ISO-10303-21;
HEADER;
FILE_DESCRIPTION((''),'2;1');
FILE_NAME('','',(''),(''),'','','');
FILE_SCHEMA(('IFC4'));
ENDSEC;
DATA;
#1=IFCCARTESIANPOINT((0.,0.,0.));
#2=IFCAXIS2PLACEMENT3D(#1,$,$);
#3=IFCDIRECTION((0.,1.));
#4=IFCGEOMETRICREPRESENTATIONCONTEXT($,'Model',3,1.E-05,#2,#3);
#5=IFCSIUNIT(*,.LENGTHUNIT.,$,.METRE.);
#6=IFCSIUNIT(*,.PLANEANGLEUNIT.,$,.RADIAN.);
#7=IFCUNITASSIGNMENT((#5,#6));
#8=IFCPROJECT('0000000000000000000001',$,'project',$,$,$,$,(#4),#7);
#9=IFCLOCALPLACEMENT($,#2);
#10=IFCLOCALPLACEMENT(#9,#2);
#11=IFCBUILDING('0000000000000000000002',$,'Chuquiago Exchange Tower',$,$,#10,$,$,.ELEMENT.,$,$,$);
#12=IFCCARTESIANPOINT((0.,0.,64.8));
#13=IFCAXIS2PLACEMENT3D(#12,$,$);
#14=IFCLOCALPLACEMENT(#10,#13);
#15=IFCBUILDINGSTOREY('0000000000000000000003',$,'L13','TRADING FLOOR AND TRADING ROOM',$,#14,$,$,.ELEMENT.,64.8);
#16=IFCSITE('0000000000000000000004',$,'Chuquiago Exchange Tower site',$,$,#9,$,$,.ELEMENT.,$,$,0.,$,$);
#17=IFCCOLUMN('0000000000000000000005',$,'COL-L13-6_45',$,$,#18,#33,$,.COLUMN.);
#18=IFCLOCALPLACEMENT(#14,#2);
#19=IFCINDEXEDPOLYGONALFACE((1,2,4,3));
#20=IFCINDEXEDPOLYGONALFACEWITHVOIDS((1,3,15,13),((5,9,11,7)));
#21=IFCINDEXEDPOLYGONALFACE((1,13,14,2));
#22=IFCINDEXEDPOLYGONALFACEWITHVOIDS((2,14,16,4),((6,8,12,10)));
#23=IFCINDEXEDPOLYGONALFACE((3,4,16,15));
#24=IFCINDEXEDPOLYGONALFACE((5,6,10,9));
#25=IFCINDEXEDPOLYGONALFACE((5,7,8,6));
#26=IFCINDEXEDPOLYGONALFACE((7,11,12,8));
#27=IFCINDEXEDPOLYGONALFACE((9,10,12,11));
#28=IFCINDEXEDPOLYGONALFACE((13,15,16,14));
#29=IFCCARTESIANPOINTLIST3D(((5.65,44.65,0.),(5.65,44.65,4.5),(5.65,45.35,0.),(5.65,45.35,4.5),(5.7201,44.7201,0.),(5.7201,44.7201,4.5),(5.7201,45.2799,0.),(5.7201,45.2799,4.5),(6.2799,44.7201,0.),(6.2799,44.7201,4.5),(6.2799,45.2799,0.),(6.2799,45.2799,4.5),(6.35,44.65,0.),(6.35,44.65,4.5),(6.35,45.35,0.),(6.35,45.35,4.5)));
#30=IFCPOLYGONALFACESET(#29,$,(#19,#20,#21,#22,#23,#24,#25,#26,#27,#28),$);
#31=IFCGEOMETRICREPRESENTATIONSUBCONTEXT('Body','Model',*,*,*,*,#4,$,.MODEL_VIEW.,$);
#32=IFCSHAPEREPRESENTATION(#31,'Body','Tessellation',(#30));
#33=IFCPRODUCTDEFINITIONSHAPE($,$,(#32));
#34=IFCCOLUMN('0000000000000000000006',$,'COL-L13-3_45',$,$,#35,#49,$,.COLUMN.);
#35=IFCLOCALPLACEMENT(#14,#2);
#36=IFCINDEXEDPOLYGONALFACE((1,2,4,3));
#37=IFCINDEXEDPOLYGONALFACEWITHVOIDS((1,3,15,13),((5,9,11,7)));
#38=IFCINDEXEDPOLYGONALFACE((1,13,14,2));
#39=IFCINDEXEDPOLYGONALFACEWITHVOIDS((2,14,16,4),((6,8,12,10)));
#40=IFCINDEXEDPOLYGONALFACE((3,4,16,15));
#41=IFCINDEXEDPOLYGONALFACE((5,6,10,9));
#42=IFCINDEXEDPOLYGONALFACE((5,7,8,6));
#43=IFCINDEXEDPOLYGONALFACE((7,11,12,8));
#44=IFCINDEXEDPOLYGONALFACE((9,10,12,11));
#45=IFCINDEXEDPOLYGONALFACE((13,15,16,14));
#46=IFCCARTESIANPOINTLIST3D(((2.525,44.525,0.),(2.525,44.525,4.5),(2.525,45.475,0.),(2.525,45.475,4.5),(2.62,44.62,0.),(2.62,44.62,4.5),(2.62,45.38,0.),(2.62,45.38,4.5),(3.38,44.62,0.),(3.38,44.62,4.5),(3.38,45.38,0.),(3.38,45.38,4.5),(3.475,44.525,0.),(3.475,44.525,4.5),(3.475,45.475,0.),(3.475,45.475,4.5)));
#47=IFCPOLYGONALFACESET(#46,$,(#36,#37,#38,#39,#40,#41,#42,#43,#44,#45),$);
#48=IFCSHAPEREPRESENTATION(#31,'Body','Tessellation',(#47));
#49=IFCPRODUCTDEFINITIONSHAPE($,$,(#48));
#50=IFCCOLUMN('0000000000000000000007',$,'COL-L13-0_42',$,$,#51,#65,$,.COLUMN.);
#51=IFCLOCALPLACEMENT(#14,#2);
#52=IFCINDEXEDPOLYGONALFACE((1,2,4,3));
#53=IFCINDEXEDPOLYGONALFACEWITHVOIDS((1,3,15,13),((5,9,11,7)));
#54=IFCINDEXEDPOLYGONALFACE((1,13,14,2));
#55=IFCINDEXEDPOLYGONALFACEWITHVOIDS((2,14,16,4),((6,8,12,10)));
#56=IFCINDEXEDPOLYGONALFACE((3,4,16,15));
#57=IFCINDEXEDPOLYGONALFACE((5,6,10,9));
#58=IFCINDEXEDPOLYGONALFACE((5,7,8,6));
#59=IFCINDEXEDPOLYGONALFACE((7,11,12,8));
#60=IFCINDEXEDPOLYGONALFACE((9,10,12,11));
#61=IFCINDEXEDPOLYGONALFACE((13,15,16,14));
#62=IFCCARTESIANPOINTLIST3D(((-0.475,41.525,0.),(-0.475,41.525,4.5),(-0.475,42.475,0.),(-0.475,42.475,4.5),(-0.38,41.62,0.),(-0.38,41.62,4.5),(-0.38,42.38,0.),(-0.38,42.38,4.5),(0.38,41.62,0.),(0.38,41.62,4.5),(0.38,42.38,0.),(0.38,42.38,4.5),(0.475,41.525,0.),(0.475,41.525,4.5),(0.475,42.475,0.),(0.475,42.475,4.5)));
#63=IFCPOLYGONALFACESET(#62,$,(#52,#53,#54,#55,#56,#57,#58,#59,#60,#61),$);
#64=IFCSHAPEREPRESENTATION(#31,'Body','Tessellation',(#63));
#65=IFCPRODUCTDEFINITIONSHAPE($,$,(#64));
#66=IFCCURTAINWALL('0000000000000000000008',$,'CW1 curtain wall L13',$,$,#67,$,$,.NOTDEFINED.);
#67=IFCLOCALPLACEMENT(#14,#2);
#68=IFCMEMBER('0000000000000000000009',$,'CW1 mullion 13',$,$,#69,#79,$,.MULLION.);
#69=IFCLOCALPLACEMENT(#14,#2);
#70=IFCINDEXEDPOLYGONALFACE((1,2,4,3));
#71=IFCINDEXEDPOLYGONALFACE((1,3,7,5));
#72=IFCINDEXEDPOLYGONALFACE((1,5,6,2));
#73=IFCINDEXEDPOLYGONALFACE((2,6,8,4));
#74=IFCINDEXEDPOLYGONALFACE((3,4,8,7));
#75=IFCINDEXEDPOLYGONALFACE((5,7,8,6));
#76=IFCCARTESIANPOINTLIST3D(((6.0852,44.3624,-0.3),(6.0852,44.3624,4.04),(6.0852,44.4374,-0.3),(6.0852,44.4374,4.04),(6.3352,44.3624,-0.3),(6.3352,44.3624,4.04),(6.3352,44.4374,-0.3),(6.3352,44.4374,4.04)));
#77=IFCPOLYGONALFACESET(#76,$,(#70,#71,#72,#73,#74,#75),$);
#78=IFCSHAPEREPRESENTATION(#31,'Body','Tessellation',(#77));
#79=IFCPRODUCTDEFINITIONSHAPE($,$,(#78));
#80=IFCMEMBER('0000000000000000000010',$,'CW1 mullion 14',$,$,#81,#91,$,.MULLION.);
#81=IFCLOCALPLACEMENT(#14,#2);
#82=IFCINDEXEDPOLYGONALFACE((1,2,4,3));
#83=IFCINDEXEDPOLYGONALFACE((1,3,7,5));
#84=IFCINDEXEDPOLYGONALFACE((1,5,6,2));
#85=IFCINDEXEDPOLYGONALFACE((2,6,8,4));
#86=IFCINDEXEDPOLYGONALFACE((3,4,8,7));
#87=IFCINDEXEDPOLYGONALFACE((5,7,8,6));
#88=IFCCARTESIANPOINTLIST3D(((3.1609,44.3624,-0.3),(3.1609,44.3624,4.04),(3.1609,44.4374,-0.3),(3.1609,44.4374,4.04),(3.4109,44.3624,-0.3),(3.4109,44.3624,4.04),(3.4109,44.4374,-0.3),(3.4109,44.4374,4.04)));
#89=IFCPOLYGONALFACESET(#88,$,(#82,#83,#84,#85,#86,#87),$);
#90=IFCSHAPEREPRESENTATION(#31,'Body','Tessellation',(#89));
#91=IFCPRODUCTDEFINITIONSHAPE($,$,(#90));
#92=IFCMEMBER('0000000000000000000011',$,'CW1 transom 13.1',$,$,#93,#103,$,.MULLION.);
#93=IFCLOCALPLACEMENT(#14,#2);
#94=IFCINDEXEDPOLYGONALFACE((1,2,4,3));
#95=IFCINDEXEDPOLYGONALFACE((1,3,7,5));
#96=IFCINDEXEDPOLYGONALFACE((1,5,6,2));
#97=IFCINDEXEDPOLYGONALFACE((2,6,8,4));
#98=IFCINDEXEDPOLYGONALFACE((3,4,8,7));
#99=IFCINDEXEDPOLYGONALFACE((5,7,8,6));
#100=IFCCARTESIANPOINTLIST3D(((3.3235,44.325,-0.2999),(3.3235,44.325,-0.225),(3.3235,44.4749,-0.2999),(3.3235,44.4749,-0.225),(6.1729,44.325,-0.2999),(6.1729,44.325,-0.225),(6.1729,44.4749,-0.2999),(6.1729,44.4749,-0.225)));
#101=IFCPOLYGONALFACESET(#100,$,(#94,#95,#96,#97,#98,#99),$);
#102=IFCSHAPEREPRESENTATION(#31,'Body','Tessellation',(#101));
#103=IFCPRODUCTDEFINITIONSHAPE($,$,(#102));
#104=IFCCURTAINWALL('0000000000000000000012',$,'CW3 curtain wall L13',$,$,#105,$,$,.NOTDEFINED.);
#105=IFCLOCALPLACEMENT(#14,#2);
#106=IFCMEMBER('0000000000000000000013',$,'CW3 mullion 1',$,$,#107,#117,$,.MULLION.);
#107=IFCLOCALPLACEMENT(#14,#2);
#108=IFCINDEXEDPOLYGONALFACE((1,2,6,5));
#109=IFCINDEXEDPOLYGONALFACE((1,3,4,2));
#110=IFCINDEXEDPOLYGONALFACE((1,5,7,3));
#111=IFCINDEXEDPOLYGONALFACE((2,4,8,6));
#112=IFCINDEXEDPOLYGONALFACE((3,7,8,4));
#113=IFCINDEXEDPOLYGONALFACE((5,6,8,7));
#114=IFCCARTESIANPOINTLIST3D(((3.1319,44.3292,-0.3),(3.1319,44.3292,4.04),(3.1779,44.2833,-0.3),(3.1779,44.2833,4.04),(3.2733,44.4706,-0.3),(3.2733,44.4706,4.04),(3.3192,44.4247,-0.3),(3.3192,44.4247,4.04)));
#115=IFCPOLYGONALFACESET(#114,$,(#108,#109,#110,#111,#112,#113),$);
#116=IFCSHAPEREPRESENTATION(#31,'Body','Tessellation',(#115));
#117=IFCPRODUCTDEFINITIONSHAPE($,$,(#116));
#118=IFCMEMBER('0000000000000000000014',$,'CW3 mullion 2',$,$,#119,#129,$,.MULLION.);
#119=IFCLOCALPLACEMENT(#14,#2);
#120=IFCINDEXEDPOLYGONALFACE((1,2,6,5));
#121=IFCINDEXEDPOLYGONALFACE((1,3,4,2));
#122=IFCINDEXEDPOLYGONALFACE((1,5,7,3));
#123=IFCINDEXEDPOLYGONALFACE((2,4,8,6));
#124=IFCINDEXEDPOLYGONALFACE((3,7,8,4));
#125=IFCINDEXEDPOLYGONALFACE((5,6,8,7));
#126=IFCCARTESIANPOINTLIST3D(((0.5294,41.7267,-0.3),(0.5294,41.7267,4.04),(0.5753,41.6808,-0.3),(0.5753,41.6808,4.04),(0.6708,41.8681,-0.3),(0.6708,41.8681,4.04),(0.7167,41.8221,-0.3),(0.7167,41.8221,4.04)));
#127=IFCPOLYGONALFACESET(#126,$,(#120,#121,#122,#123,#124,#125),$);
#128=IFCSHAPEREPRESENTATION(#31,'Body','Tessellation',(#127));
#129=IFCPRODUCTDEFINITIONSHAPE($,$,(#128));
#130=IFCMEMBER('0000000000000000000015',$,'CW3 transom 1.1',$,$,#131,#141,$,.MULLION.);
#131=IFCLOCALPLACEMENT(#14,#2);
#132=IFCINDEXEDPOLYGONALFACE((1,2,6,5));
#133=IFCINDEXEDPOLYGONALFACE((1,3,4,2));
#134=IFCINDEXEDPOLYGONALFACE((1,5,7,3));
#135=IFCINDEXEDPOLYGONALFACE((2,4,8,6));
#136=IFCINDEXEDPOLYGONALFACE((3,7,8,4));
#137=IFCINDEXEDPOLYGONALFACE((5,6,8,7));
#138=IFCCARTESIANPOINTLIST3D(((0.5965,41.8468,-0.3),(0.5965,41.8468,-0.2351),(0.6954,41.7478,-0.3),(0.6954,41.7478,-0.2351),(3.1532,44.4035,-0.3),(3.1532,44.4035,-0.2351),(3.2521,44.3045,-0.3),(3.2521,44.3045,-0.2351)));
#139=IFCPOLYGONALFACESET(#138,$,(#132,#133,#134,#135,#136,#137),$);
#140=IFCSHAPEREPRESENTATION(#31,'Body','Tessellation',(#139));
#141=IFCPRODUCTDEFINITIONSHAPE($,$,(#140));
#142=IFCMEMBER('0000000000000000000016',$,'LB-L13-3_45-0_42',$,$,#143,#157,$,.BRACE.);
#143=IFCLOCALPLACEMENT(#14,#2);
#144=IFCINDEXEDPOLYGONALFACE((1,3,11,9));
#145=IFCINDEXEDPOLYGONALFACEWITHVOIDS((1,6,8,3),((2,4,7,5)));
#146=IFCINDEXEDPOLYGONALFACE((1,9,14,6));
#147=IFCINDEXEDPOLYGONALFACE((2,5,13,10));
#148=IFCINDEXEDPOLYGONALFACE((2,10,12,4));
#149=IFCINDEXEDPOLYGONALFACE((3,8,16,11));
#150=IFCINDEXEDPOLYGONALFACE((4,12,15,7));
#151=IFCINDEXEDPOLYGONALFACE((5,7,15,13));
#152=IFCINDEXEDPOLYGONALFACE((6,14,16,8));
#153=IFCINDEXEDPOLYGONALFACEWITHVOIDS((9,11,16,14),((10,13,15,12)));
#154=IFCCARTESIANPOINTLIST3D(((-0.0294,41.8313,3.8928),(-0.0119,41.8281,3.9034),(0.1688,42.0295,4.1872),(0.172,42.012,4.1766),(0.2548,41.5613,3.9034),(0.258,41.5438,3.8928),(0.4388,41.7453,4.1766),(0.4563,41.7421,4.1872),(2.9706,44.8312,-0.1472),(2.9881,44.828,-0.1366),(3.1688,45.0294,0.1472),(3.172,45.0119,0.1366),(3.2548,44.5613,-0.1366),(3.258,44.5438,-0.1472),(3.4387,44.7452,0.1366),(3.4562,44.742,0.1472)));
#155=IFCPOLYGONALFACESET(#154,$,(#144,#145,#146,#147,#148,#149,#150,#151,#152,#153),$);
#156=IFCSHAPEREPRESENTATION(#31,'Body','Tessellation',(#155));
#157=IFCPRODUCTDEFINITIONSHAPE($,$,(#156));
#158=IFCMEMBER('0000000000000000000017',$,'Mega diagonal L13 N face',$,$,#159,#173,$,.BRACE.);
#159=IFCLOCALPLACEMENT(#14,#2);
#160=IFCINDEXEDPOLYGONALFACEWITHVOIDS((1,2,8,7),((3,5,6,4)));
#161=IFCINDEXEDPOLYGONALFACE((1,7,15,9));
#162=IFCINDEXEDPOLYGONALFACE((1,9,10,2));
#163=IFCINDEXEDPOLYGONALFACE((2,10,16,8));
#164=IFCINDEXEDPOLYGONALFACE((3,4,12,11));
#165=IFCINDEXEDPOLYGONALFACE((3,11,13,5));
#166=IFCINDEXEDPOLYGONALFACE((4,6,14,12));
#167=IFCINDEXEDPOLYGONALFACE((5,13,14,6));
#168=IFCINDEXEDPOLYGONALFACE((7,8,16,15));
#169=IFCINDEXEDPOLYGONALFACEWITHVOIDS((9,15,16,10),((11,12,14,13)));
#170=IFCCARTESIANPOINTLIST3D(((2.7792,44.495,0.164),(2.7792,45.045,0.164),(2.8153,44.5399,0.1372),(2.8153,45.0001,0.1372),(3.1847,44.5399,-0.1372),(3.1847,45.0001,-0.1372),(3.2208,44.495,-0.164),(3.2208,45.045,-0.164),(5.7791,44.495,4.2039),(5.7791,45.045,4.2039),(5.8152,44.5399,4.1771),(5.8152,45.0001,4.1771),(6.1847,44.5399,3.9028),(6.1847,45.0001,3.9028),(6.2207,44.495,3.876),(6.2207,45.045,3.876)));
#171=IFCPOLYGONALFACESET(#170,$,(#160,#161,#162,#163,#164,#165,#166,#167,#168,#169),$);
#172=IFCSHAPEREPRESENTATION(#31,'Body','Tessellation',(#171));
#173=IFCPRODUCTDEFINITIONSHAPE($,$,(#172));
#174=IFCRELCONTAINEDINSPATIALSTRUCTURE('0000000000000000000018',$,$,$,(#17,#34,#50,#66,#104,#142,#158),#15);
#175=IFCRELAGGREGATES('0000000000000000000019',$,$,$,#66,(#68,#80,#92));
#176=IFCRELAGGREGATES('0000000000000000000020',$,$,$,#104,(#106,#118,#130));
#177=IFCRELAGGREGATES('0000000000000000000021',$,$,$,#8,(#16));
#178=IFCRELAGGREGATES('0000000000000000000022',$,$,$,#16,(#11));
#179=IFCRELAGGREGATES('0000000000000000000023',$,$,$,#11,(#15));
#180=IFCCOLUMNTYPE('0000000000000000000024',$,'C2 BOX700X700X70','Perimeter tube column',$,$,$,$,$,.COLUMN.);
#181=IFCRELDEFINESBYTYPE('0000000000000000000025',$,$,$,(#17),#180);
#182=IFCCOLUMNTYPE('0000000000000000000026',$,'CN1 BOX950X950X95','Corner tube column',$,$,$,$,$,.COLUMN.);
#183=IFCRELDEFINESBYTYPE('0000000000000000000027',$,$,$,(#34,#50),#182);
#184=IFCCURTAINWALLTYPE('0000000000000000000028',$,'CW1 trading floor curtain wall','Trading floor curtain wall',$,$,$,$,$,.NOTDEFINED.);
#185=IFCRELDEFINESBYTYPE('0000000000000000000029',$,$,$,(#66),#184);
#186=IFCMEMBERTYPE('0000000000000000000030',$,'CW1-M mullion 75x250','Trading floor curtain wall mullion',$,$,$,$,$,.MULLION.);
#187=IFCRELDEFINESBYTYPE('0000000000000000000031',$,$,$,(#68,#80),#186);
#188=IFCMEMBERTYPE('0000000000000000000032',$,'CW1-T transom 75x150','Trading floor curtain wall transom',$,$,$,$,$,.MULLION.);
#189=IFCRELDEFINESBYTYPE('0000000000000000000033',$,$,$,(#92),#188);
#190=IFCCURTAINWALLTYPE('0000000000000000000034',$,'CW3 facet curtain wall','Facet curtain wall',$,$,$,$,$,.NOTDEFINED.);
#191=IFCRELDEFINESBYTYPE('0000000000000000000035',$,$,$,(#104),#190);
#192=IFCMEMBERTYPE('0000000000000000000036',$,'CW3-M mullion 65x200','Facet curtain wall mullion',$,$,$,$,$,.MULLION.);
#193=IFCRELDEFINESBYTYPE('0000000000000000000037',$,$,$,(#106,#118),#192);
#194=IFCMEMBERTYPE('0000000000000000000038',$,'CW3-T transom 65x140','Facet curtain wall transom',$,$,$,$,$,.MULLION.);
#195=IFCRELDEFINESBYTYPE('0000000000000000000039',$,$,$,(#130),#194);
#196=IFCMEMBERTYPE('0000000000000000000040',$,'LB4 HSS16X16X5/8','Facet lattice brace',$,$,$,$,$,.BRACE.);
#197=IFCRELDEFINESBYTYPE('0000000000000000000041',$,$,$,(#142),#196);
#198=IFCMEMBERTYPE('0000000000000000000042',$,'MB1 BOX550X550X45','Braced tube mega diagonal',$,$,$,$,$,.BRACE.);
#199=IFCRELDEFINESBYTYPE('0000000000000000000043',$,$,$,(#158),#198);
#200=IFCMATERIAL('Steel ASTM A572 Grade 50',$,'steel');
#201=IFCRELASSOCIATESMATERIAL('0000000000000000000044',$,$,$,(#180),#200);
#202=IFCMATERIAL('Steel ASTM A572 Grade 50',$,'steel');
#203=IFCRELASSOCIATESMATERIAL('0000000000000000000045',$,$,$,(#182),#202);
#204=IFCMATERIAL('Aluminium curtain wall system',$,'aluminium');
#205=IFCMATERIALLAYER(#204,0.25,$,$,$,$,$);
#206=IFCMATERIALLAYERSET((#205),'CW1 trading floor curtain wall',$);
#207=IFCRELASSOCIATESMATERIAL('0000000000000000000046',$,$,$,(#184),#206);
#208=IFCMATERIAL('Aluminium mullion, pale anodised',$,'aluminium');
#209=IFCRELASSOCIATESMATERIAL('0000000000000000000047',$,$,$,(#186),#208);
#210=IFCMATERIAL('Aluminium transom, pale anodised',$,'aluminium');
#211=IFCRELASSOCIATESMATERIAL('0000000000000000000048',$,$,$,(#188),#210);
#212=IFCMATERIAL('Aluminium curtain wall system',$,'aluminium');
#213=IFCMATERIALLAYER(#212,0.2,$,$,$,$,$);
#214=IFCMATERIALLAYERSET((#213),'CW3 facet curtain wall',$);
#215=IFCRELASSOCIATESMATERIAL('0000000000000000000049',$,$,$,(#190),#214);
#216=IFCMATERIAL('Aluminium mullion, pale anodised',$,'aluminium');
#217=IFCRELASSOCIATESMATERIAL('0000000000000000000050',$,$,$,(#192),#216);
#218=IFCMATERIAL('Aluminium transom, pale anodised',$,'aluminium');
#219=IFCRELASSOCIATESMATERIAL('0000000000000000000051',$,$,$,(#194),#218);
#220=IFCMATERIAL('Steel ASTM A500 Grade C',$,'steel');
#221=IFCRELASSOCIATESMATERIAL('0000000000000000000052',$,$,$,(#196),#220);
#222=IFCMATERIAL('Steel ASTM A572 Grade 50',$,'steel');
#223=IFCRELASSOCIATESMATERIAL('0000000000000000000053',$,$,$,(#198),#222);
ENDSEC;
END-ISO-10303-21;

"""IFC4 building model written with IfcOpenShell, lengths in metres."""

from ifc_helpers import new_model, si_unit, direction, frame, origin, origin_2d, place, context, subcontext, project, spatial, rectangle, hollow_rectangle, extrude, material, layer, layer_set, material_profile, profile_set, type_object, element, aggregate, save


model = new_model("IFC4")

# Units and contexts
model_context = context("Model", 3, precision=1e-05, world=origin(), true_north=direction((0.0, 1.0)))
body_context = subcontext(model_context, "Body", "Model", "MODEL_VIEW")
ifc_project = project(units=[si_unit("LENGTHUNIT", "METRE"), si_unit("PLANEANGLEUNIT", "RADIAN")], contexts=[model_context])

# Site, building, storey
site_placement = place(None, origin())
site = spatial("IfcSite", under=ifc_project, at=site_placement, Name="Chuquiago Exchange Tower site", CompositionType="ELEMENT", RefElevation=0.0)
building_placement = place(site_placement, origin())
building = spatial("IfcBuilding", under=site, at=building_placement, Name="Chuquiago Exchange Tower", CompositionType="ELEMENT")
storey_placement = place(building_placement, frame((0.0, 0.0, 64.8)))
storey = spatial("IfcBuildingStorey", under=building, at=storey_placement, Name="L13", Description="TRADING FLOOR AND TRADING ROOM", CompositionType="ELEMENT", Elevation=64.8)

# Columns
ifc_material_1 = material(Name="Steel ASTM A572 Grade 50", Category="steel")
ifc_material_profile_1 = material_profile(ifc_material_1, hollow_rectangle(XDim=0.7, YDim=0.7, WallThickness=0.0701, at=origin_2d()), Name="BOX700X700X70")
ifc_profile_set_1 = profile_set([ifc_material_profile_1], Name="Steel ASTM A572 Grade 50")
column_type_1 = type_object("IfcColumnType", Name="C2 BOX700X700X70", Description="Perimeter tube column", PredefinedType="COLUMN", material=ifc_profile_set_1)
column_placement = place(storey_placement, frame((6.0, 45.0, 0.0), z_axis=(0.0, 0.0, 1.0), x_axis=(0.0, 1.0, 0.0)))
element("IfcColumn", 1, at=column_placement, inside=storey, type_object=column_type_1, Name="COL-L13-6_45", PredefinedType="COLUMN", context=body_context, shape_type="SweptSolid", body=[
    extrude(hollow_rectangle(XDim=0.7, YDim=0.7, WallThickness=0.0701, at=origin_2d()), origin(), (0.0, 0.0, 1.0), 4.5),
])
ifc_material_2 = material(Name="Steel ASTM A572 Grade 50", Category="steel")
ifc_material_profile_2 = material_profile(ifc_material_2, hollow_rectangle(XDim=0.95, YDim=0.95, WallThickness=0.095, at=origin_2d()), Name="BOX950X950X95")
ifc_profile_set_2 = profile_set([ifc_material_profile_2], Name="Steel ASTM A572 Grade 50")
column_type_2 = type_object("IfcColumnType", Name="CN1 BOX950X950X95", Description="Corner tube column", PredefinedType="COLUMN", material=ifc_profile_set_2)
for number, where, z_axis, x_axis, name in (
    (2, (3.0, 45.0, 0.0), (0.0, 0.0, 1.0), (0.0, 1.0, 0.0), "COL-L13-3_45"),
    (3, (0.0, 42.0, 0.0), (0.0, 0.0, 1.0), (-1.0, 0.0, 0.0), "COL-L13-0_42"),
):
    element("IfcColumn", number, at=place(storey_placement, frame(where, z_axis=z_axis, x_axis=x_axis)), inside=storey, type_object=column_type_2, Name=name, PredefinedType="COLUMN", context=body_context, shape_type="SweptSolid", body=[
        extrude(hollow_rectangle(XDim=0.95, YDim=0.95, WallThickness=0.095, at=origin_2d()), origin(), (0.0, 0.0, 1.0), 4.5),
    ])

# Curtain walls, members
ifc_material_3 = material(Name="Aluminium curtain wall system", Category="aluminium")
ifc_layer_1 = layer(ifc_material_3, 0.25)
ifc_layer_set_1 = layer_set([ifc_layer_1], Name="CW1 trading floor curtain wall")
curtain_wall_type_1 = type_object("IfcCurtainWallType", Name="CW1 trading floor curtain wall", Description="Trading floor curtain wall", PredefinedType="NOTDEFINED", material=ifc_layer_set_1)
curtain_wall_1_placement = place(storey_placement, origin())
curtain_wall_1 = element("IfcCurtainWall", 4, at=curtain_wall_1_placement, inside=storey, type_object=curtain_wall_type_1, Name="CW1 curtain wall L13", PredefinedType="NOTDEFINED")
ifc_material_4 = material(Name="Aluminium mullion, pale anodised", Category="aluminium")
ifc_material_profile_3 = material_profile(ifc_material_4, rectangle(XDim=0.075, YDim=0.25, at=origin_2d()), Name="AL 75x250")
ifc_profile_set_3 = profile_set([ifc_material_profile_3], Name="Aluminium mullion, pale anodised")
member_type_1 = type_object("IfcMemberType", Name="CW1-M mullion 75x250", Description="Trading floor curtain wall mullion", PredefinedType="MULLION", material=ifc_profile_set_3)
member_1_placement = place(storey_placement, frame((6.2102, 44.3999, -0.3), z_axis=(0.0, 0.0, 1.0), x_axis=(0.0, -1.0, 0.0)))
member_1 = element("IfcMember", 5, at=member_1_placement, type_object=member_type_1, Name="CW1 mullion 13", PredefinedType="MULLION", context=body_context, shape_type="SweptSolid", body=[
    extrude(rectangle(XDim=0.075, YDim=0.25, at=origin_2d()), origin(), (0.0, 0.0, 1.0), 4.3401),
])
member_2_placement = place(storey_placement, frame((3.2859, 44.3999, -0.3), z_axis=(0.0, 0.0, 1.0), x_axis=(0.0, -1.0, 0.0)))
member_2 = element("IfcMember", 6, at=member_2_placement, type_object=member_type_1, Name="CW1 mullion 14", PredefinedType="MULLION", context=body_context, shape_type="SweptSolid", body=[
    extrude(rectangle(XDim=0.075, YDim=0.25, at=origin_2d()), origin(), (0.0, 0.0, 1.0), 4.3401),
])
ifc_material_5 = material(Name="Aluminium transom, pale anodised", Category="aluminium")
ifc_material_profile_4 = material_profile(ifc_material_5, rectangle(XDim=0.1499, YDim=0.075, at=origin_2d()), Name="AL 150x75")
ifc_profile_set_4 = profile_set([ifc_material_profile_4], Name="Aluminium transom, pale anodised")
member_type_2 = type_object("IfcMemberType", Name="CW1-T transom 75x150", Description="Trading floor curtain wall transom", PredefinedType="MULLION", material=ifc_profile_set_4)
member_3_placement = place(storey_placement, frame((6.1729, 44.3999, -0.2625), z_axis=(-1.0, 0.0, 0.0), x_axis=(0.0, -1.0, 0.0)))
member_3 = element("IfcMember", 7, at=member_3_placement, type_object=member_type_2, Name="CW1 transom 13.1", PredefinedType="MULLION", context=body_context, shape_type="SweptSolid", body=[
    extrude(rectangle(XDim=0.1499, YDim=0.075, at=origin_2d()), origin(), (0.0, 0.0, 1.0), 2.8494),
])
ifc_material_6 = material(Name="Aluminium curtain wall system", Category="aluminium")
ifc_layer_2 = layer(ifc_material_6, 0.2)
ifc_layer_set_2 = layer_set([ifc_layer_2], Name="CW3 facet curtain wall")
curtain_wall_type_2 = type_object("IfcCurtainWallType", Name="CW3 facet curtain wall", Description="Facet curtain wall", PredefinedType="NOTDEFINED", material=ifc_layer_set_2)
curtain_wall_2_placement = place(storey_placement, origin())
curtain_wall_2 = element("IfcCurtainWall", 8, at=curtain_wall_2_placement, inside=storey, type_object=curtain_wall_type_2, Name="CW3 curtain wall L13", PredefinedType="NOTDEFINED")
ifc_material_7 = material(Name="Aluminium mullion, pale anodised", Category="aluminium")
ifc_material_profile_5 = material_profile(ifc_material_7, rectangle(XDim=0.0649, YDim=0.2, at=origin_2d()), Name="AL 65x200")
ifc_profile_set_5 = profile_set([ifc_material_profile_5], Name="Aluminium mullion, pale anodised")
member_type_3 = type_object("IfcMemberType", Name="CW3-M mullion 65x200", Description="Facet curtain wall mullion", PredefinedType="MULLION", material=ifc_profile_set_5)
member_4_placement = place(storey_placement, frame((3.2256, 44.377, -0.3), z_axis=(0.0, 0.0, 1.0), x_axis=(0.707107, -0.707107, 0.0)))
member_4 = element("IfcMember", 9, at=member_4_placement, type_object=member_type_3, Name="CW3 mullion 1", PredefinedType="MULLION", context=body_context, shape_type="SweptSolid", body=[
    extrude(rectangle(XDim=0.0649, YDim=0.2, at=origin_2d()), origin(), (0.0, 0.0, 1.0), 4.3401),
])
member_5_placement = place(storey_placement, frame((0.623, 41.7744, -0.3), z_axis=(0.0, 0.0, 1.0), x_axis=(0.707107, -0.707107, 0.0)))
member_5 = element("IfcMember", 10, at=member_5_placement, type_object=member_type_3, Name="CW3 mullion 2", PredefinedType="MULLION", context=body_context, shape_type="SweptSolid", body=[
    extrude(rectangle(XDim=0.0649, YDim=0.2, at=origin_2d()), origin(), (0.0, 0.0, 1.0), 4.3401),
])
ifc_material_8 = material(Name="Aluminium transom, pale anodised", Category="aluminium")
ifc_material_profile_6 = material_profile(ifc_material_8, rectangle(XDim=0.1399, YDim=0.0649, at=origin_2d()), Name="AL 140x65")
ifc_profile_set_6 = profile_set([ifc_material_profile_6], Name="Aluminium transom, pale anodised")
member_type_4 = type_object("IfcMemberType", Name="CW3-T transom 65x140", Description="Facet curtain wall transom", PredefinedType="MULLION", material=ifc_profile_set_6)
member_6_placement = place(storey_placement, frame((3.2026, 44.354, -0.2676), z_axis=(-0.707107, -0.707107, 0.0), x_axis=(0.707107, -0.707107, 0.0)))
member_6 = element("IfcMember", 11, at=member_6_placement, type_object=member_type_4, Name="CW3 transom 1.1", PredefinedType="MULLION", context=body_context, shape_type="SweptSolid", body=[
    extrude(rectangle(XDim=0.1399, YDim=0.0649, at=origin_2d()), origin(), (0.0, 0.0, 1.0), 3.6157),
])

# Members
ifc_material_9 = material(Name="Steel ASTM A500 Grade C", Category="steel")
ifc_material_profile_7 = material_profile(ifc_material_9, hollow_rectangle(XDim=0.4065, YDim=0.4065, WallThickness=0.0146, at=origin_2d()), Name="HSS16X16X5/8")
ifc_profile_set_7 = profile_set([ifc_material_profile_7], Name="Steel ASTM A500 Grade C")
member_type_5 = type_object("IfcMemberType", Name="LB4 HSS16X16X5/8", Description="Facet lattice brace", PredefinedType="BRACE", material=ifc_profile_set_7)
member_7_placement = place(storey_placement, frame((3.2134, 44.7866, 0.0), z_axis=(-0.512077, -0.512077, 0.689604), x_axis=(0.707107, -0.707107, 0.0)))
element("IfcMember", 12, at=member_7_placement, inside=storey, type_object=member_type_5, Name="LB-L13-3_45-0_42", PredefinedType="BRACE", context=body_context, shape_type="SweptSolid", body=[
    extrude(hollow_rectangle(XDim=0.4065, YDim=0.4065, WallThickness=0.0146, at=origin_2d()), origin(), (0.0, 0.0, 1.0), 5.8584),
])
ifc_material_10 = material(Name="Steel ASTM A572 Grade 50", Category="steel")
ifc_material_profile_8 = material_profile(ifc_material_10, hollow_rectangle(XDim=0.55, YDim=0.55, WallThickness=0.0449, at=origin_2d()), Name="BOX550X550X45")
ifc_profile_set_8 = profile_set([ifc_material_profile_8], Name="Steel ASTM A572 Grade 50")
member_type_6 = type_object("IfcMemberType", Name="MB1 BOX550X550X45", Description="Braced tube mega diagonal", PredefinedType="BRACE", material=ifc_profile_set_8)
for number, where, z_axis, x_axis, name in (
    (13, (3.0, 44.77, 0.0), (0.596174, 0.0, 0.802855), (0.0, 1.0, 0.0), "Mega diagonal L13 N face"),
):
    element("IfcMember", number, at=place(storey_placement, frame(where, z_axis=z_axis, x_axis=x_axis)), inside=storey, type_object=member_type_6, Name=name, PredefinedType="BRACE", context=body_context, shape_type="SweptSolid", body=[
        extrude(hollow_rectangle(XDim=0.55, YDim=0.55, WallThickness=0.0449, at=origin_2d()), origin(), (0.0, 0.0, 1.0), 5.032),
    ])

aggregate(curtain_wall_1, [member_1, member_2, member_3])
aggregate(curtain_wall_2, [member_4, member_5, member_6])

save(model, "model.ifc")
